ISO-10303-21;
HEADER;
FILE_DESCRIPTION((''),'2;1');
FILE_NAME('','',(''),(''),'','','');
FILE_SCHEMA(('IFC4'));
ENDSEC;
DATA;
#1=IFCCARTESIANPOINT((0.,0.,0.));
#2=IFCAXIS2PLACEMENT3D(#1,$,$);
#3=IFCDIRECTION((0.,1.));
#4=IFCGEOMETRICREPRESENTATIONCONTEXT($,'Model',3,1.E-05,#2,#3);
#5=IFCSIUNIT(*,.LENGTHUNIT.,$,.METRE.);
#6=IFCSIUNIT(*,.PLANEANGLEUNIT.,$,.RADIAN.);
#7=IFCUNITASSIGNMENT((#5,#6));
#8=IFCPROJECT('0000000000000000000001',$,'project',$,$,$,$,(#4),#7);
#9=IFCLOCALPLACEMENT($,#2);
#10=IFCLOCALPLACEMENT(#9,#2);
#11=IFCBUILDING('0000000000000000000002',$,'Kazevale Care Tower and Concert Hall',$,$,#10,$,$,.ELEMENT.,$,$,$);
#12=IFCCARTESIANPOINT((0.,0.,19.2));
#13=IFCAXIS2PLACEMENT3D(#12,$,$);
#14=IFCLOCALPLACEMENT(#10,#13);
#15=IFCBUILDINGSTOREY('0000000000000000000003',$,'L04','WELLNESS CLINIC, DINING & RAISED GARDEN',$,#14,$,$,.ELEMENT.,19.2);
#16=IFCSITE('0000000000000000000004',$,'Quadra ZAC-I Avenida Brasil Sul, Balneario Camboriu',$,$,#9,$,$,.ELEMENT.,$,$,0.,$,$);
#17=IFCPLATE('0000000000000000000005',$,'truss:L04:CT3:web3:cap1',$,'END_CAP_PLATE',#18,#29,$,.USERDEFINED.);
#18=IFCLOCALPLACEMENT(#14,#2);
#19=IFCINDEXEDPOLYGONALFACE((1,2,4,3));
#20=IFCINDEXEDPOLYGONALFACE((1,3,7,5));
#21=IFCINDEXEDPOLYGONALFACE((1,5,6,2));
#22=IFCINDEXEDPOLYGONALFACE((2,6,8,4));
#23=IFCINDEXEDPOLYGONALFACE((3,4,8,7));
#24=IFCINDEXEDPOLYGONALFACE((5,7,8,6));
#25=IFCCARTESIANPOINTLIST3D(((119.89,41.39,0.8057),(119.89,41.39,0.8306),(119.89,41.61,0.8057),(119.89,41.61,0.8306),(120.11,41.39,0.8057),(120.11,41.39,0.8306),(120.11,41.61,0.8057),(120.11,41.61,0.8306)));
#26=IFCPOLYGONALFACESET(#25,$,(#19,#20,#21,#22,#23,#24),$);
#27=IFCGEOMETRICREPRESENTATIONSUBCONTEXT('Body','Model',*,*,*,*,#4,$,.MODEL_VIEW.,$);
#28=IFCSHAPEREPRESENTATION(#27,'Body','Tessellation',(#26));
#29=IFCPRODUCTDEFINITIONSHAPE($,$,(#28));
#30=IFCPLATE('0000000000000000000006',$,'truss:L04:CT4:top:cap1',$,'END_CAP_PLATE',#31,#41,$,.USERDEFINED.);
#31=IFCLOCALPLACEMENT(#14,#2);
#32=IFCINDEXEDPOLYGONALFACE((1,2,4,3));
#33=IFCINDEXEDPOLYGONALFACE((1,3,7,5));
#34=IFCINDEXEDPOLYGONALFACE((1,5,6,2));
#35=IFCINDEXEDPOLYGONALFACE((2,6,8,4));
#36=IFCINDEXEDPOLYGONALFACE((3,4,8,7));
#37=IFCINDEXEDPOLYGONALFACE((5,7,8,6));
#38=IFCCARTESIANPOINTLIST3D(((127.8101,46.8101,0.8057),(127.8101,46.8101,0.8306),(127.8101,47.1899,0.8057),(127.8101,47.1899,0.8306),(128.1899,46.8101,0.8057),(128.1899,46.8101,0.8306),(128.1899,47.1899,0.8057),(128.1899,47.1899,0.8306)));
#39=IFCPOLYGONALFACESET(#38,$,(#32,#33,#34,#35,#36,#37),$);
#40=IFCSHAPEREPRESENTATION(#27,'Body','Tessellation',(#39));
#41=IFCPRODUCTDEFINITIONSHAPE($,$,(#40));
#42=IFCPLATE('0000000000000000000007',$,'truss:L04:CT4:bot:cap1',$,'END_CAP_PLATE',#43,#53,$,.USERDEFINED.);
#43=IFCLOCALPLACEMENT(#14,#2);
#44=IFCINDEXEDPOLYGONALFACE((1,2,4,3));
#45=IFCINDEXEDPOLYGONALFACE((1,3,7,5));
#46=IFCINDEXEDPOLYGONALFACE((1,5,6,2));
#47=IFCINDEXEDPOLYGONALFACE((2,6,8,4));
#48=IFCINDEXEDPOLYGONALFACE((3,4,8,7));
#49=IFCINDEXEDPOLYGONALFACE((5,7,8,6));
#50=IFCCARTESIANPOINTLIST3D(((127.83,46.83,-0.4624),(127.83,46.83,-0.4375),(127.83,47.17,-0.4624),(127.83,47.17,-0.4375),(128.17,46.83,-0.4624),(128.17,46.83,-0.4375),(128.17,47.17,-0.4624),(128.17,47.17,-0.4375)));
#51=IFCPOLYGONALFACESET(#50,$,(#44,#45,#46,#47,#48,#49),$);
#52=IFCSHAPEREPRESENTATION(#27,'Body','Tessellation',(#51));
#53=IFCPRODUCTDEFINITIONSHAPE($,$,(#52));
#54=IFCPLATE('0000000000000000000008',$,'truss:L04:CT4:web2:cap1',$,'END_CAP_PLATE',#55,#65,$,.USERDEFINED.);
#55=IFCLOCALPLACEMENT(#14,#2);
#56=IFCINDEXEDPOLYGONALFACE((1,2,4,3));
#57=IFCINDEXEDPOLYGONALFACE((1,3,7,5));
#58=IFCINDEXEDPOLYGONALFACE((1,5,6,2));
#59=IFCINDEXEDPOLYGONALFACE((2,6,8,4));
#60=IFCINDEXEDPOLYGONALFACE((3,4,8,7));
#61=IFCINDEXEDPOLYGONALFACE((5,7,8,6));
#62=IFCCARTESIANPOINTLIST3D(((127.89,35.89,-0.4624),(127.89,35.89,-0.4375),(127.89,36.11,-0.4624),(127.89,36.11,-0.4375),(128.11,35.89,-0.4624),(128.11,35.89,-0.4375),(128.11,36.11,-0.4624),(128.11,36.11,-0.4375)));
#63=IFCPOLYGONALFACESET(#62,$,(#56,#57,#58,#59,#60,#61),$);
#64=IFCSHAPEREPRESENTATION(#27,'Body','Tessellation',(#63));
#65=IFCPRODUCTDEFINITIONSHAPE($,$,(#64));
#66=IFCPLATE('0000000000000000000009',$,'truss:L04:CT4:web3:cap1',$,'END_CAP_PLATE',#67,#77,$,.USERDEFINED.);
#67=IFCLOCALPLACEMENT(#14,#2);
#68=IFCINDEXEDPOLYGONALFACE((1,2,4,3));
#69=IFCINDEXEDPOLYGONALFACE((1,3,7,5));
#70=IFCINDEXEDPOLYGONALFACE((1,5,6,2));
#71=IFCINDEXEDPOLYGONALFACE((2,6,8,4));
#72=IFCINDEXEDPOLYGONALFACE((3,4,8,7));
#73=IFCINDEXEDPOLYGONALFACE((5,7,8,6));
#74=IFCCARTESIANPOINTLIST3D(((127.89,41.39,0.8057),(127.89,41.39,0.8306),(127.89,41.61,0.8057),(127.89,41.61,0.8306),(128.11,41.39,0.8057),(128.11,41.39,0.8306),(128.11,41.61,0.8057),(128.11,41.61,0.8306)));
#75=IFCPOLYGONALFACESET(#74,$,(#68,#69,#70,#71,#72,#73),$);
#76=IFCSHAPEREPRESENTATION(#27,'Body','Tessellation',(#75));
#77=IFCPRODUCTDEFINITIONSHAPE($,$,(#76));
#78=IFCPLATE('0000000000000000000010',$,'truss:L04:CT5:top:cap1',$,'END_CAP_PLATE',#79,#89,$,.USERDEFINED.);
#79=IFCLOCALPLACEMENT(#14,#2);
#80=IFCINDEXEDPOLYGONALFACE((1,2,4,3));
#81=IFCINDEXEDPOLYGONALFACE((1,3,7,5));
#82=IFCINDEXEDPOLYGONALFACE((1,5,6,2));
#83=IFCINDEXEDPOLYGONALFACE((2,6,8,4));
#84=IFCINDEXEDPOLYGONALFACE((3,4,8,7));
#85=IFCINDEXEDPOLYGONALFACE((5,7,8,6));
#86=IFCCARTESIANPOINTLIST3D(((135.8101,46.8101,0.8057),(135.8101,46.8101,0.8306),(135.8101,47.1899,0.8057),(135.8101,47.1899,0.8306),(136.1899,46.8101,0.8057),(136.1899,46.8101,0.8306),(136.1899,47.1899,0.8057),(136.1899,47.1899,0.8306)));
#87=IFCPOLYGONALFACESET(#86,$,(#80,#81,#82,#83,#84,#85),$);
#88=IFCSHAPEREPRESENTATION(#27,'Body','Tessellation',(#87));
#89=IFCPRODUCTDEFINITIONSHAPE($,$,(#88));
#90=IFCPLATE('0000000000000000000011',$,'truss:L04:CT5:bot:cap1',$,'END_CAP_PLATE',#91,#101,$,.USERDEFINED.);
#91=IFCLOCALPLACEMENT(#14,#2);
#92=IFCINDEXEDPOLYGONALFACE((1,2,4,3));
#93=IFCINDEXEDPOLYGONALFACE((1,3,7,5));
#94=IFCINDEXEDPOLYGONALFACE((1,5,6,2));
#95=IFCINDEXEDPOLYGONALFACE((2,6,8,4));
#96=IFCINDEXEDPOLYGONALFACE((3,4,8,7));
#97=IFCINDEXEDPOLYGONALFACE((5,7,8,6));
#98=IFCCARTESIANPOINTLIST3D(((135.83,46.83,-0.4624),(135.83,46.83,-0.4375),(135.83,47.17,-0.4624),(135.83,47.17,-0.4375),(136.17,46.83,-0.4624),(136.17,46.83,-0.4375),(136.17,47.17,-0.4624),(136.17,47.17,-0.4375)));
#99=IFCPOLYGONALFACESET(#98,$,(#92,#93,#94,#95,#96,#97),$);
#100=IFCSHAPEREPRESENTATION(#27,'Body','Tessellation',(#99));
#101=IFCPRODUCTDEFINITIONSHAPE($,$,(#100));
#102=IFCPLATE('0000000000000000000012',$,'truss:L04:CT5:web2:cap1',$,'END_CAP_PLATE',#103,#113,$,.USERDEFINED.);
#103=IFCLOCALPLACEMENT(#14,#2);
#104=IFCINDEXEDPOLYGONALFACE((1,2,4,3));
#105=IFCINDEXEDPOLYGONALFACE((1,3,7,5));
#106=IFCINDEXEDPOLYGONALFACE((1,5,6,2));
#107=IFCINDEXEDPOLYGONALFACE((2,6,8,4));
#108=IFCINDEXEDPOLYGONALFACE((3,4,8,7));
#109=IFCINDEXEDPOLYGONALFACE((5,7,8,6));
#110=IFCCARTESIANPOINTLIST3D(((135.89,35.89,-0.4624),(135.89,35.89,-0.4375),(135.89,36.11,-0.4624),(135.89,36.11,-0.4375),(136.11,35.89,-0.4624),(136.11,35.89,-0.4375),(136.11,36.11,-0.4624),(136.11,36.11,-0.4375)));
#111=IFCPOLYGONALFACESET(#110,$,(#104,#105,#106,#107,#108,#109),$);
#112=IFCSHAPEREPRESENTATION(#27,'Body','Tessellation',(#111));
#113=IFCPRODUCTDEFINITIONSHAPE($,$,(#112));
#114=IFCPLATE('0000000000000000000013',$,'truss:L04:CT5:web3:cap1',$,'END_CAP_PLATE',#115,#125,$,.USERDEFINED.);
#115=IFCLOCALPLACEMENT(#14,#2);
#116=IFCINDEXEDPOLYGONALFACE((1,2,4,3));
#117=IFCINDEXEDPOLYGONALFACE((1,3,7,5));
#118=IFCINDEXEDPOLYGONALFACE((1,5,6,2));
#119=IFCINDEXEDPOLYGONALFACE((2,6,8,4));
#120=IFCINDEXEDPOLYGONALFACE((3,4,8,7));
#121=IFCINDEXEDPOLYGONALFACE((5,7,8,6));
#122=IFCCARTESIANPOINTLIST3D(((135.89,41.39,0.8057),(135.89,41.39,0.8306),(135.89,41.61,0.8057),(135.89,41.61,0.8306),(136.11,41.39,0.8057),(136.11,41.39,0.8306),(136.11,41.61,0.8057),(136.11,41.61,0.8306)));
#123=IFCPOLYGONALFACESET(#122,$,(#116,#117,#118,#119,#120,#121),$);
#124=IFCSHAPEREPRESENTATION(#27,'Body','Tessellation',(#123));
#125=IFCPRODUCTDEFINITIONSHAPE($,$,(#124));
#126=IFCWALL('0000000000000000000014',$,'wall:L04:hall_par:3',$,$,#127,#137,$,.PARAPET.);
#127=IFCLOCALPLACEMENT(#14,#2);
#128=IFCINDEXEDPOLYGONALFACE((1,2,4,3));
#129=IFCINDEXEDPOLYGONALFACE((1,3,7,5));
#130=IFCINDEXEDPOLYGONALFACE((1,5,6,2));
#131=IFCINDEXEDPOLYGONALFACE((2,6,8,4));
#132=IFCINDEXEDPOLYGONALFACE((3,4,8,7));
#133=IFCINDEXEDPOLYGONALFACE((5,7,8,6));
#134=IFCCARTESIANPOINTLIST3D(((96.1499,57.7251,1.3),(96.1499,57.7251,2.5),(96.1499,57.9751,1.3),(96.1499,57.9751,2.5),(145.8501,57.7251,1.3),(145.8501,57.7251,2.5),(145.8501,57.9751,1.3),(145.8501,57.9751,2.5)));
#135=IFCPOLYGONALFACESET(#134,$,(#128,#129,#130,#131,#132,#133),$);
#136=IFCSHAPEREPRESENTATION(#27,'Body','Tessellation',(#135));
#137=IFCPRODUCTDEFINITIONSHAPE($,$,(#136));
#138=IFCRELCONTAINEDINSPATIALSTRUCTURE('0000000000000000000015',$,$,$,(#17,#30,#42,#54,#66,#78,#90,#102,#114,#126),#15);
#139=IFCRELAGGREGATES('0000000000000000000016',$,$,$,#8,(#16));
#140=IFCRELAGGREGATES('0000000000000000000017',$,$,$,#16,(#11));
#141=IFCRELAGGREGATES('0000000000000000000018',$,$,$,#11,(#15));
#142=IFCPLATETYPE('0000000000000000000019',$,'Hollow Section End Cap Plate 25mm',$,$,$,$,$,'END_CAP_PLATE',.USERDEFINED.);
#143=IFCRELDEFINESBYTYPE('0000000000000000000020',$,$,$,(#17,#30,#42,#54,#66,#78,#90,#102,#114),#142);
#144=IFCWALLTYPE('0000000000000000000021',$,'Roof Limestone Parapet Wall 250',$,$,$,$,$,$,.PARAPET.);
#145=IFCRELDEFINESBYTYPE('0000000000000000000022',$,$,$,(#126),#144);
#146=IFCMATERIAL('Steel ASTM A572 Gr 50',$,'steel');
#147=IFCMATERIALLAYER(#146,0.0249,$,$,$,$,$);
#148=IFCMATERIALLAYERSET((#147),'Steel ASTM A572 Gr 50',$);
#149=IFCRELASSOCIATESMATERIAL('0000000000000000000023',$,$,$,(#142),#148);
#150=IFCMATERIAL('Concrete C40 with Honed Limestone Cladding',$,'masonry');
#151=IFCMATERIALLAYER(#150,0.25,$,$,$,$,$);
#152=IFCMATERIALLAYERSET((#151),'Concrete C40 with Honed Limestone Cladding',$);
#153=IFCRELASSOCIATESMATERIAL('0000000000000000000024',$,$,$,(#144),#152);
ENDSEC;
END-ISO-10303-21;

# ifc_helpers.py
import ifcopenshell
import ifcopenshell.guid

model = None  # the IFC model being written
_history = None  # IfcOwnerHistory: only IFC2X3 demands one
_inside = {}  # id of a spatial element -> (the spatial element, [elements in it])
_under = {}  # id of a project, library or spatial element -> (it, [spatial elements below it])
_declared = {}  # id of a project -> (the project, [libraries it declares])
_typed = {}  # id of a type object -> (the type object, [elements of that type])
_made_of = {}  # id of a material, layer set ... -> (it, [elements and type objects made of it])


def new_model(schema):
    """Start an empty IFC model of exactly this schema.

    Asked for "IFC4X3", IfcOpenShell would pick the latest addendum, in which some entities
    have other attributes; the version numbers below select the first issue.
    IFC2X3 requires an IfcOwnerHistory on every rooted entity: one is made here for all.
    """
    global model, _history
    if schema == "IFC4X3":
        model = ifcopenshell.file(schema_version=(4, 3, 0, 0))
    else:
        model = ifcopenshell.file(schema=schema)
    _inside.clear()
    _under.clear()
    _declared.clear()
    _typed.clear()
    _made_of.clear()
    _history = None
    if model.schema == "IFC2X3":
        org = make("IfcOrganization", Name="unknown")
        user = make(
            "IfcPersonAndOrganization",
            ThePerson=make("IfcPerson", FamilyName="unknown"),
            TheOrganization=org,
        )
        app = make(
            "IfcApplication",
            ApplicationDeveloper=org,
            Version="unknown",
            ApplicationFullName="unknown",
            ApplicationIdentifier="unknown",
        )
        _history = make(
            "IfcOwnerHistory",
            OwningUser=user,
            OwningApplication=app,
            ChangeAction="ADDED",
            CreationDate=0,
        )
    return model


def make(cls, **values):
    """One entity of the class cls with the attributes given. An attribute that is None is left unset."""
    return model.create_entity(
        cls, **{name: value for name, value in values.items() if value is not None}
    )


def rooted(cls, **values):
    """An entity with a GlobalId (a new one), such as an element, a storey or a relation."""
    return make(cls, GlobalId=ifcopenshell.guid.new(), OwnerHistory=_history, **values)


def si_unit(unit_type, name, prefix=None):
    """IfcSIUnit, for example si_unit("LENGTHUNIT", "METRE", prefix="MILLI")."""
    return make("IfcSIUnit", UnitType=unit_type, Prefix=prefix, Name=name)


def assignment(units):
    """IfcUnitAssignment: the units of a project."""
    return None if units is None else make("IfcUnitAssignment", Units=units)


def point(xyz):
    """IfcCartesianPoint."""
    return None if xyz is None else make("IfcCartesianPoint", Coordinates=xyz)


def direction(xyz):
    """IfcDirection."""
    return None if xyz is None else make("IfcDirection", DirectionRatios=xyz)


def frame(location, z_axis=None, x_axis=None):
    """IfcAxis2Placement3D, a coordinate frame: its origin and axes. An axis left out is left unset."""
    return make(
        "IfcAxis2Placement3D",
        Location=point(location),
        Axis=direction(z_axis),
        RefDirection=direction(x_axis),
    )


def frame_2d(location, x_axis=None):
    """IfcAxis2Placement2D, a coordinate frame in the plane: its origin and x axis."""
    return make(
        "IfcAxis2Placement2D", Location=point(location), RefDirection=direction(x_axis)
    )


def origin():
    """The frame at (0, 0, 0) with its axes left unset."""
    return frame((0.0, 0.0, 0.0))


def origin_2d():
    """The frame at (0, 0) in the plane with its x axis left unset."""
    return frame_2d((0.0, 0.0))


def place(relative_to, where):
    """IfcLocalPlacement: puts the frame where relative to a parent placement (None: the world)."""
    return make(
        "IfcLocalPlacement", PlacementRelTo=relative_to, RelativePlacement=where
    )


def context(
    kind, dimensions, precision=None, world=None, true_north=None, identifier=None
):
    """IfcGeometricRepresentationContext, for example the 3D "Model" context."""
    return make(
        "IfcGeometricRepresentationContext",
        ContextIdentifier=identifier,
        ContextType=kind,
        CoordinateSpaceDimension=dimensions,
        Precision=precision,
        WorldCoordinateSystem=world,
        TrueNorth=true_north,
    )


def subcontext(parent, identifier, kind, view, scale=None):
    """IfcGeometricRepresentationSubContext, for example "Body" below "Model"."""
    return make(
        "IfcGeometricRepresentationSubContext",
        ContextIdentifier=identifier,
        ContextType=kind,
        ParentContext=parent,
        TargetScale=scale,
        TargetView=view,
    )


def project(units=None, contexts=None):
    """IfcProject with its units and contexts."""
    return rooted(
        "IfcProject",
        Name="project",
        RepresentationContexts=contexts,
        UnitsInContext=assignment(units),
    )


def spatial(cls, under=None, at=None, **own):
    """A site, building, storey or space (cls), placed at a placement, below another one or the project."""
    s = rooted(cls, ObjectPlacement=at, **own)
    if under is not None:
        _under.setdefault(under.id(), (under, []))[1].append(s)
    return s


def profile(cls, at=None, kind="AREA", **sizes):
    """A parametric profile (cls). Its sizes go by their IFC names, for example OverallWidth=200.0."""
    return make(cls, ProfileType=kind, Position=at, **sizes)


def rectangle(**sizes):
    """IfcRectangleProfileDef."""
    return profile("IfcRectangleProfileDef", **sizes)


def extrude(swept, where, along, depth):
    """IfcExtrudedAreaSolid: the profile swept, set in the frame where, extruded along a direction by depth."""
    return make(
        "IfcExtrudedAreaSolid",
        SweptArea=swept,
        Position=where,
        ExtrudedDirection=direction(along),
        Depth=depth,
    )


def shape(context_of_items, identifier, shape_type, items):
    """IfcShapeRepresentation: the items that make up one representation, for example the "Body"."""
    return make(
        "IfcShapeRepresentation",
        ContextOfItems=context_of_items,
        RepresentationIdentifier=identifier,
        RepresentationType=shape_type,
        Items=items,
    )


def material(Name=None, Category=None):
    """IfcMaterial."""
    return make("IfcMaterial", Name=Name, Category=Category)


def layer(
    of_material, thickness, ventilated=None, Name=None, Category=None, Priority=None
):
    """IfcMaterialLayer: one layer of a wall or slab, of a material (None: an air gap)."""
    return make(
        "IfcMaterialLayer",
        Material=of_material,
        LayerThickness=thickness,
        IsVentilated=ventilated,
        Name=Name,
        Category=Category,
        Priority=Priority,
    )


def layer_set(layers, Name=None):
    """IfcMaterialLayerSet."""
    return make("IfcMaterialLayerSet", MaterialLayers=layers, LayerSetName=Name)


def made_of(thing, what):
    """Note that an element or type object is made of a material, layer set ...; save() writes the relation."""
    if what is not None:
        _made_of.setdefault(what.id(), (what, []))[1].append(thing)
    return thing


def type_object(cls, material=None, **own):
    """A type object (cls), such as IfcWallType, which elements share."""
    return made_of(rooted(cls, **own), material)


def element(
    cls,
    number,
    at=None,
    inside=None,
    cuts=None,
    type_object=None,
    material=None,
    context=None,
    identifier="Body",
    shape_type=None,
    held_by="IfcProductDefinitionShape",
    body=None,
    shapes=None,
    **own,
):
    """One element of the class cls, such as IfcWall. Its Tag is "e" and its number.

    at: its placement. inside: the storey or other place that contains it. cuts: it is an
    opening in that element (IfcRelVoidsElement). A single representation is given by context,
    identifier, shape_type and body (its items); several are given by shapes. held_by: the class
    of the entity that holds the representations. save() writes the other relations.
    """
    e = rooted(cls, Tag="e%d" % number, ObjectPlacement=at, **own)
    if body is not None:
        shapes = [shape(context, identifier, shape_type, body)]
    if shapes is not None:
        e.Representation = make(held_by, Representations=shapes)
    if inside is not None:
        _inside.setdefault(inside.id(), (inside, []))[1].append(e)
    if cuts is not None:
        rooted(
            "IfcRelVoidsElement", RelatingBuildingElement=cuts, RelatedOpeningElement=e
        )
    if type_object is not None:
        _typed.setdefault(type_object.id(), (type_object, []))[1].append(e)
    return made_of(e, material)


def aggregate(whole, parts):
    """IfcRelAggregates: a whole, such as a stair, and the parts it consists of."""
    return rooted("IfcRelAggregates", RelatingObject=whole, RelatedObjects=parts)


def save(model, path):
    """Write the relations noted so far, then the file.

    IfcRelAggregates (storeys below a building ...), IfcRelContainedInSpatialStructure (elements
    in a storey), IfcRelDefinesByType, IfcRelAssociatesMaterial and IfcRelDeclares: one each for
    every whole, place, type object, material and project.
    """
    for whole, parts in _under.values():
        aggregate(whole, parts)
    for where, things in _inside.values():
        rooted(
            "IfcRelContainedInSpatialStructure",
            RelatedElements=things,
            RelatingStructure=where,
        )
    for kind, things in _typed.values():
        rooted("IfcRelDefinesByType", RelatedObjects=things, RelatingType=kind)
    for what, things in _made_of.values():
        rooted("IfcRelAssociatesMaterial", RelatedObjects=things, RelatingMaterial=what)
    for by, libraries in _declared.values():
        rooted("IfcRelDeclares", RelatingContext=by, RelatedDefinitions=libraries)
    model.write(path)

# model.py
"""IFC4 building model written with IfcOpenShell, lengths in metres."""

from ifc_helpers import new_model, si_unit, direction, frame, frame_2d, origin, origin_2d, place, context, subcontext, project, spatial, rectangle, extrude, material, layer, layer_set, type_object, element, save


model = new_model("IFC4")

# Units and contexts
model_context = context("Model", 3, precision=1e-05, world=origin(), true_north=direction((0.0, 1.0)))
body_context = subcontext(model_context, "Body", "Model", "MODEL_VIEW")
ifc_project = project(units=[si_unit("LENGTHUNIT", "METRE"), si_unit("PLANEANGLEUNIT", "RADIAN")], contexts=[model_context])

# Site, building, storey
site_placement = place(None, origin())
site = spatial("IfcSite", under=ifc_project, at=site_placement, Name="Quadra ZAC-I Avenida Brasil Sul, Balneario Camboriu", CompositionType="ELEMENT", RefElevation=0.0)
building_placement = place(site_placement, origin())
building = spatial("IfcBuilding", under=site, at=building_placement, Name="Kazevale Care Tower and Concert Hall", CompositionType="ELEMENT")
storey_placement = place(building_placement, frame((0.0, 0.0, 19.2)))
storey = spatial("IfcBuildingStorey", under=building, at=storey_placement, Name="L04", Description="WELLNESS CLINIC, DINING & RAISED GARDEN", CompositionType="ELEMENT", Elevation=19.2)

# Shared definitions
ifc_material_1 = material(Name="Steel ASTM A572 Gr 50", Category="steel")

# Plates
ifc_layer_1 = layer(ifc_material_1, 0.0249)
ifc_layer_set_1 = layer_set([ifc_layer_1], Name="Steel ASTM A572 Gr 50")
plate_type = type_object("IfcPlateType", Name="Hollow Section End Cap Plate 25mm", ElementType="END_CAP_PLATE", PredefinedType="USERDEFINED", material=ifc_layer_set_1)
for number, where, z_axis, x_axis, name in (
    (1, (120.0, 41.5, 0.8057), (0.0, 0.0, 1.0), (1.0, 0.0, 0.0), "truss:L04:CT3:web3:cap1"),
):
    element("IfcPlate", number, at=place(storey_placement, frame(where, z_axis=z_axis, x_axis=x_axis)), inside=storey, type_object=plate_type, Name=name, ObjectType="END_CAP_PLATE", PredefinedType="USERDEFINED", context=body_context, shape_type="SweptSolid", body=[
        extrude(rectangle(XDim=0.22, YDim=0.22, at=origin_2d()), origin(), (0.0, 0.0, 1.0), 0.0249),
    ])
plate_1_placement = place(storey_placement, frame((128.0, 47.0, 0.8057), z_axis=(0.0, 0.0, 1.0), x_axis=(1.0, 0.0, 0.0)))
element("IfcPlate", 2, at=plate_1_placement, inside=storey, type_object=plate_type, Name="truss:L04:CT4:top:cap1", ObjectType="END_CAP_PLATE", PredefinedType="USERDEFINED", context=body_context, shape_type="SweptSolid", body=[
    extrude(rectangle(XDim=0.3799, YDim=0.3799, at=origin_2d()), origin(), (0.0, 0.0, 1.0), 0.0249),
])
plate_2_placement = place(storey_placement, frame((128.0, 47.0, -0.4624), z_axis=(0.0, 0.0, 1.0), x_axis=(1.0, 0.0, 0.0)))
element("IfcPlate", 3, at=plate_2_placement, inside=storey, type_object=plate_type, Name="truss:L04:CT4:bot:cap1", ObjectType="END_CAP_PLATE", PredefinedType="USERDEFINED", context=body_context, shape_type="SweptSolid", body=[
    extrude(rectangle(XDim=0.3401, YDim=0.3401, at=origin_2d()), origin(), (0.0, 0.0, 1.0), 0.0249),
])
for number, where, z_axis, x_axis, name in (
    (4, (128.0, 36.0, -0.4624), (0.0, 0.0, 1.0), (1.0, 0.0, 0.0), "truss:L04:CT4:web2:cap1"),
    (5, (128.0, 41.5, 0.8057), (0.0, 0.0, 1.0), (1.0, 0.0, 0.0), "truss:L04:CT4:web3:cap1"),
):
    element("IfcPlate", number, at=place(storey_placement, frame(where, z_axis=z_axis, x_axis=x_axis)), inside=storey, type_object=plate_type, Name=name, ObjectType="END_CAP_PLATE", PredefinedType="USERDEFINED", context=body_context, shape_type="SweptSolid", body=[
        extrude(rectangle(XDim=0.22, YDim=0.22, at=origin_2d()), origin(), (0.0, 0.0, 1.0), 0.0249),
    ])
plate_3_placement = place(storey_placement, frame((136.0, 47.0, 0.8057), z_axis=(0.0, 0.0, 1.0), x_axis=(1.0, 0.0, 0.0)))
element("IfcPlate", 6, at=plate_3_placement, inside=storey, type_object=plate_type, Name="truss:L04:CT5:top:cap1", ObjectType="END_CAP_PLATE", PredefinedType="USERDEFINED", context=body_context, shape_type="SweptSolid", body=[
    extrude(rectangle(XDim=0.3799, YDim=0.3799, at=origin_2d()), origin(), (0.0, 0.0, 1.0), 0.0249),
])
plate_4_placement = place(storey_placement, frame((136.0, 47.0, -0.4624), z_axis=(0.0, 0.0, 1.0), x_axis=(1.0, 0.0, 0.0)))
element("IfcPlate", 7, at=plate_4_placement, inside=storey, type_object=plate_type, Name="truss:L04:CT5:bot:cap1", ObjectType="END_CAP_PLATE", PredefinedType="USERDEFINED", context=body_context, shape_type="SweptSolid", body=[
    extrude(rectangle(XDim=0.3401, YDim=0.3401, at=origin_2d()), origin(), (0.0, 0.0, 1.0), 0.0249),
])
for number, where, z_axis, x_axis, name in (
    (8, (136.0, 36.0, -0.4624), (0.0, 0.0, 1.0), (1.0, 0.0, 0.0), "truss:L04:CT5:web2:cap1"),
    (9, (136.0, 41.5, 0.8057), (0.0, 0.0, 1.0), (1.0, 0.0, 0.0), "truss:L04:CT5:web3:cap1"),
):
    element("IfcPlate", number, at=place(storey_placement, frame(where, z_axis=z_axis, x_axis=x_axis)), inside=storey, type_object=plate_type, Name=name, ObjectType="END_CAP_PLATE", PredefinedType="USERDEFINED", context=body_context, shape_type="SweptSolid", body=[
        extrude(rectangle(XDim=0.22, YDim=0.22, at=origin_2d()), origin(), (0.0, 0.0, 1.0), 0.0249),
    ])

# Wall
ifc_material_2 = material(Name="Concrete C40 with Honed Limestone Cladding", Category="masonry")
ifc_layer_2 = layer(ifc_material_2, 0.25)
ifc_layer_set_2 = layer_set([ifc_layer_2], Name="Concrete C40 with Honed Limestone Cladding")
wall_type = type_object("IfcWallType", Name="Roof Limestone Parapet Wall 250", PredefinedType="PARAPET", material=ifc_layer_set_2)
wall_placement = place(storey_placement, frame((145.8501, 57.8501, 1.3), z_axis=(0.0, 0.0, 1.0), x_axis=(-1.0, 0.0, 0.0)))
element("IfcWall", 10, at=wall_placement, inside=storey, type_object=wall_type, Name="wall:L04:hall_par:3", PredefinedType="PARAPET", context=body_context, shape_type="SweptSolid", body=[
    extrude(rectangle(XDim=49.7002, YDim=0.25, at=frame_2d((24.8501, 0.0))), origin(), (0.0, 0.0, 1.0), 1.2),
])

save(model, "model.ifc")
